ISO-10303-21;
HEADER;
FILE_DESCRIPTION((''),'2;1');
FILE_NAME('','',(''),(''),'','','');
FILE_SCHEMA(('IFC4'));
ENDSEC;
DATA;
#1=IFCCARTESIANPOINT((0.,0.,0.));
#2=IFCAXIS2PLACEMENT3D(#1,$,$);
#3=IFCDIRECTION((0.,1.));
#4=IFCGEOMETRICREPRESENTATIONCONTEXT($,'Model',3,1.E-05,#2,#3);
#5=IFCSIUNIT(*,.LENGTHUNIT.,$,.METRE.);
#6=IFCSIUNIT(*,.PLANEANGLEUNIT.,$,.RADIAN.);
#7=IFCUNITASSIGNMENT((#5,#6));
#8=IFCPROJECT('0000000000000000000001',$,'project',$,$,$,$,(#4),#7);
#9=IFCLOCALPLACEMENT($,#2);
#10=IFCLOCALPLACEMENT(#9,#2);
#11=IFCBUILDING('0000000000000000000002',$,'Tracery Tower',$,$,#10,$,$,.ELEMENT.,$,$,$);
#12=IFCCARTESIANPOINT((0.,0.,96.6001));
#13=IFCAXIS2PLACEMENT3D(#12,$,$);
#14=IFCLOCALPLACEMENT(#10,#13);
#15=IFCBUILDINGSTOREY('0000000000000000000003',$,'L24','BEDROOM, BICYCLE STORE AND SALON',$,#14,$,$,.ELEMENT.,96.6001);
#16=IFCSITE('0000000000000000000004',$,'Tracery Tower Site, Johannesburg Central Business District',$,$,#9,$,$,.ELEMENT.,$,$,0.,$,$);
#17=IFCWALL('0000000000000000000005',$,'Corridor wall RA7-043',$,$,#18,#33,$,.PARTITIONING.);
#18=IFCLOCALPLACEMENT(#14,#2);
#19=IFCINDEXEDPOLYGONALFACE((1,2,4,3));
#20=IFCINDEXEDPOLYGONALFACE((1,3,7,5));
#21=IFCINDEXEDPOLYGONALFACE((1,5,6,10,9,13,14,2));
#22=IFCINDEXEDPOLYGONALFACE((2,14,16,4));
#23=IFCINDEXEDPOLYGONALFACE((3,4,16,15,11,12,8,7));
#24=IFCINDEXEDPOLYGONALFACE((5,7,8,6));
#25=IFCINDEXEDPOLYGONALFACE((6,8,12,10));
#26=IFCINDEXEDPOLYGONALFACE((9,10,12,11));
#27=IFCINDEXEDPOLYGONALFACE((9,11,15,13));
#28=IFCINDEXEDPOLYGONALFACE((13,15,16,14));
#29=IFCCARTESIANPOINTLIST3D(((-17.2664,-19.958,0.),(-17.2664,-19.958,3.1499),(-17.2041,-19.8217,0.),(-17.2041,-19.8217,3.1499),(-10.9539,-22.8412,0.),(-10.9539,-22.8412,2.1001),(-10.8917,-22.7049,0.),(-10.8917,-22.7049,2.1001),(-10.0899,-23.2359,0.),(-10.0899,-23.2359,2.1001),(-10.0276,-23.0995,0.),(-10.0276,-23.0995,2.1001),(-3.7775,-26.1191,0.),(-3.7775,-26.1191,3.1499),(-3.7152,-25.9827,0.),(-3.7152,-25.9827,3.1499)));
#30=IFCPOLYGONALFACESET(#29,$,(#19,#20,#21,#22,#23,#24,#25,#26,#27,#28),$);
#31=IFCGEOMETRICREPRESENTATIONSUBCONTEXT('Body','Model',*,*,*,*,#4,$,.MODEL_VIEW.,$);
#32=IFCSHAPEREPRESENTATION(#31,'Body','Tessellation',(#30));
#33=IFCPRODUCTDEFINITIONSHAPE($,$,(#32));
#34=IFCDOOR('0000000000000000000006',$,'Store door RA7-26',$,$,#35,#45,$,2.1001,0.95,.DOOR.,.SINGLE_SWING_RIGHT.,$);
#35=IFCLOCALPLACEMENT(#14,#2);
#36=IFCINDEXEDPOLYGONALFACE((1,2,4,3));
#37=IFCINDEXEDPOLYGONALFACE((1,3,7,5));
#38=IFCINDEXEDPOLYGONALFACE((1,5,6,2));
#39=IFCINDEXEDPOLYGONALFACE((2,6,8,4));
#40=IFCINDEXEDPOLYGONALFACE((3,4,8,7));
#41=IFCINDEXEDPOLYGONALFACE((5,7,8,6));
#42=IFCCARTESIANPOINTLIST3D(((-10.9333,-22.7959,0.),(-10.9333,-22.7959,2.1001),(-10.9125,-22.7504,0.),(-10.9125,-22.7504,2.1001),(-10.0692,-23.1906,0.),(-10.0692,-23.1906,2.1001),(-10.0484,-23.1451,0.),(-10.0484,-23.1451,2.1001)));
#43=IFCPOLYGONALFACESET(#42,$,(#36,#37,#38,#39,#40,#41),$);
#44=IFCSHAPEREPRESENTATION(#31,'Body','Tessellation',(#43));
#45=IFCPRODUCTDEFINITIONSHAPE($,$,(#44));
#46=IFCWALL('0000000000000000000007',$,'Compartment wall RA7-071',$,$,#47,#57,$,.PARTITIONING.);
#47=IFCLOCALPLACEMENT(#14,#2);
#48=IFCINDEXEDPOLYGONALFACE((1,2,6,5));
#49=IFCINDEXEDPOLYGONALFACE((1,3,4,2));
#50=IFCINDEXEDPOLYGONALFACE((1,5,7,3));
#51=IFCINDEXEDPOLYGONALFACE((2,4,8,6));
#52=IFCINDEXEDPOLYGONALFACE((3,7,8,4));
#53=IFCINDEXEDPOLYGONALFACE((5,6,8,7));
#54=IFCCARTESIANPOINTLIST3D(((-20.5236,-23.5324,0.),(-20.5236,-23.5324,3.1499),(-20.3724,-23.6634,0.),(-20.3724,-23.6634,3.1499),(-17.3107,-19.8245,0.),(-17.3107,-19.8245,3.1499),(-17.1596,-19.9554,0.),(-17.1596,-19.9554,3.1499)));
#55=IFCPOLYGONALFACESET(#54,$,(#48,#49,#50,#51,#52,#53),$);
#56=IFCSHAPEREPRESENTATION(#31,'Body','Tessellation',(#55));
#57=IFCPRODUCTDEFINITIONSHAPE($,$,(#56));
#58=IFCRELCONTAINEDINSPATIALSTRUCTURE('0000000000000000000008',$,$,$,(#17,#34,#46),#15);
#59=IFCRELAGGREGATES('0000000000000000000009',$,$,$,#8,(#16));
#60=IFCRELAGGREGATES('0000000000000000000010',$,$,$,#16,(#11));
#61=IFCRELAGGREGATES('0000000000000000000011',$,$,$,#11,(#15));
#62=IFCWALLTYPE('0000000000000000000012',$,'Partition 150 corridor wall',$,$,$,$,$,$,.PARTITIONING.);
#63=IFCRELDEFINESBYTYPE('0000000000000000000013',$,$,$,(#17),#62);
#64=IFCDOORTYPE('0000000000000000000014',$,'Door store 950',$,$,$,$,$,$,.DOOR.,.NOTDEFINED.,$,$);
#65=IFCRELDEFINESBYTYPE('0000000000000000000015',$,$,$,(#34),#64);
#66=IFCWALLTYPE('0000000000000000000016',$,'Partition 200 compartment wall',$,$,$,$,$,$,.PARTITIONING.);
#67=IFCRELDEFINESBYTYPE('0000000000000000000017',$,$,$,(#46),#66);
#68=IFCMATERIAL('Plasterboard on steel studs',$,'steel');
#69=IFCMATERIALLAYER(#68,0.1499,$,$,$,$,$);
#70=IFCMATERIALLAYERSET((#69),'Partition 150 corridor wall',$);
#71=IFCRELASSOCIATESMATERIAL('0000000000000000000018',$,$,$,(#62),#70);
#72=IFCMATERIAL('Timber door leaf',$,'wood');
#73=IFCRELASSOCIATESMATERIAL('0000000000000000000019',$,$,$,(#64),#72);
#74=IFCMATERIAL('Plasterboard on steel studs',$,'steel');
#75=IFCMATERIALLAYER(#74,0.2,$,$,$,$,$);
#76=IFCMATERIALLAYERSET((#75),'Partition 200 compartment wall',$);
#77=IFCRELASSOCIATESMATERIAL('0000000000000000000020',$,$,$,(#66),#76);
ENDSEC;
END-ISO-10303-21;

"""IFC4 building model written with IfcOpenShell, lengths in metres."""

from ifc_helpers import new_model, si_unit, direction, frame, frame_2d, origin, place, context, subcontext, project, spatial, rectangle, extrude, material, layer, layer_set, type_object, element, fill, save


model = new_model("IFC4")

# Units and contexts
model_context = context("Model", 3, precision=1e-05, world=origin(), true_north=direction((0.0, 1.0)))
body_context = subcontext(model_context, "Body", "Model", "MODEL_VIEW")
ifc_project = project(units=[si_unit("LENGTHUNIT", "METRE"), si_unit("PLANEANGLEUNIT", "RADIAN")], contexts=[model_context])

# Site, building, storey
site_placement = place(None, origin())
site = spatial("IfcSite", under=ifc_project, at=site_placement, Name="Tracery Tower Site, Johannesburg Central Business District", CompositionType="ELEMENT", RefElevation=0.0)
building_placement = place(site_placement, origin())
building = spatial("IfcBuilding", under=site, at=building_placement, Name="Tracery Tower", CompositionType="ELEMENT")
storey_placement = place(building_placement, frame((0.0, 0.0, 96.6001)))
storey = spatial("IfcBuildingStorey", under=building, at=storey_placement, Name="L24", Description="BEDROOM, BICYCLE STORE AND SALON", CompositionType="ELEMENT", Elevation=96.6001)

# Wall, opening, door
ifc_material_1 = material(Name="Plasterboard on steel studs", Category="steel")
ifc_layer_1 = layer(ifc_material_1, 0.1499)
ifc_layer_set_1 = layer_set([ifc_layer_1], Name="Partition 150 corridor wall")
wall_type_1 = type_object("IfcWallType", Name="Partition 150 corridor wall", PredefinedType="PARTITIONING", material=ifc_layer_set_1)
wall_1_placement = place(storey_placement, frame((-17.2351, -19.8899, 0.0), z_axis=(0.0, 0.0, 1.0), x_axis=(0.909609, -0.415466, 0.0)))
wall_1 = element("IfcWall", 1, at=wall_1_placement, inside=storey, type_object=wall_type_1, Name="Corridor wall RA7-043", PredefinedType="PARTITIONING", context=body_context, shape_type="SweptSolid", body=[
    extrude(rectangle(XDim=14.8293, YDim=0.1499, at=frame_2d((7.4146, 0.0))), origin(), (0.0, 0.0, 1.0), 3.1499),
])
opening_1_placement = place(wall_1_placement, frame((6.9395, 0.0, 0.0)))
opening_1 = element("IfcOpeningElement", 2, at=opening_1_placement, cuts=wall_1, PredefinedType="OPENING", context=body_context, shape_type="SweptSolid", body=[
    extrude(rectangle(XDim=0.95, YDim=2.1001, at=frame_2d((0.4751, 1.05))), frame((0.0, 0.075, 0.0), z_axis=(0.0, -1.0, 0.0), x_axis=(1.0, 0.0, 0.0)), (0.0, 0.0, 1.0), 0.1499),
])
ifc_material_2 = material(Name="Timber door leaf", Category="wood")
door_type_1 = type_object("IfcDoorType", Name="Door store 950", OperationType="NOTDEFINED", PredefinedType="DOOR", material=ifc_material_2)
door_1_placement = place(opening_1_placement, origin())
door_1 = element("IfcDoor", 3, at=door_1_placement, inside=storey, type_object=door_type_1, Name="Store door RA7-26", OperationType="SINGLE_SWING_RIGHT", OverallHeight=2.1001, OverallWidth=0.95, PredefinedType="DOOR", context=body_context, shape_type="SweptSolid", body=[
    extrude(rectangle(XDim=0.95, YDim=2.1001, at=frame_2d((0.4751, 1.05))), frame((0.0, 0.0249, 0.0), z_axis=(0.0, -1.0, 0.0), x_axis=(1.0, 0.0, 0.0)), (0.0, 0.0, 1.0), 0.05),
])
fill(opening_1, door_1)

# Wall
ifc_material_3 = material(Name="Plasterboard on steel studs", Category="steel")
ifc_layer_2 = layer(ifc_material_3, 0.2)
ifc_layer_set_2 = layer_set([ifc_layer_2], Name="Partition 200 compartment wall")
wall_type_2 = type_object("IfcWallType", Name="Partition 200 compartment wall", PredefinedType="PARTITIONING", material=ifc_layer_set_2)
wall_2_placement = place(storey_placement, frame((-20.448, -23.5979, 0.0), z_axis=(0.0, 0.0, 1.0), x_axis=(0.654847, 0.755761, 0.0)))
element("IfcWall", 4, at=wall_2_placement, inside=storey, type_object=wall_type_2, Name="Compartment wall RA7-071", PredefinedType="PARTITIONING", context=body_context, shape_type="SweptSolid", body=[
    extrude(rectangle(XDim=4.9062, YDim=0.2, at=frame_2d((2.4531, 0.0))), origin(), (0.0, 0.0, 1.0), 3.1499),
])

save(model, "model.ifc")
